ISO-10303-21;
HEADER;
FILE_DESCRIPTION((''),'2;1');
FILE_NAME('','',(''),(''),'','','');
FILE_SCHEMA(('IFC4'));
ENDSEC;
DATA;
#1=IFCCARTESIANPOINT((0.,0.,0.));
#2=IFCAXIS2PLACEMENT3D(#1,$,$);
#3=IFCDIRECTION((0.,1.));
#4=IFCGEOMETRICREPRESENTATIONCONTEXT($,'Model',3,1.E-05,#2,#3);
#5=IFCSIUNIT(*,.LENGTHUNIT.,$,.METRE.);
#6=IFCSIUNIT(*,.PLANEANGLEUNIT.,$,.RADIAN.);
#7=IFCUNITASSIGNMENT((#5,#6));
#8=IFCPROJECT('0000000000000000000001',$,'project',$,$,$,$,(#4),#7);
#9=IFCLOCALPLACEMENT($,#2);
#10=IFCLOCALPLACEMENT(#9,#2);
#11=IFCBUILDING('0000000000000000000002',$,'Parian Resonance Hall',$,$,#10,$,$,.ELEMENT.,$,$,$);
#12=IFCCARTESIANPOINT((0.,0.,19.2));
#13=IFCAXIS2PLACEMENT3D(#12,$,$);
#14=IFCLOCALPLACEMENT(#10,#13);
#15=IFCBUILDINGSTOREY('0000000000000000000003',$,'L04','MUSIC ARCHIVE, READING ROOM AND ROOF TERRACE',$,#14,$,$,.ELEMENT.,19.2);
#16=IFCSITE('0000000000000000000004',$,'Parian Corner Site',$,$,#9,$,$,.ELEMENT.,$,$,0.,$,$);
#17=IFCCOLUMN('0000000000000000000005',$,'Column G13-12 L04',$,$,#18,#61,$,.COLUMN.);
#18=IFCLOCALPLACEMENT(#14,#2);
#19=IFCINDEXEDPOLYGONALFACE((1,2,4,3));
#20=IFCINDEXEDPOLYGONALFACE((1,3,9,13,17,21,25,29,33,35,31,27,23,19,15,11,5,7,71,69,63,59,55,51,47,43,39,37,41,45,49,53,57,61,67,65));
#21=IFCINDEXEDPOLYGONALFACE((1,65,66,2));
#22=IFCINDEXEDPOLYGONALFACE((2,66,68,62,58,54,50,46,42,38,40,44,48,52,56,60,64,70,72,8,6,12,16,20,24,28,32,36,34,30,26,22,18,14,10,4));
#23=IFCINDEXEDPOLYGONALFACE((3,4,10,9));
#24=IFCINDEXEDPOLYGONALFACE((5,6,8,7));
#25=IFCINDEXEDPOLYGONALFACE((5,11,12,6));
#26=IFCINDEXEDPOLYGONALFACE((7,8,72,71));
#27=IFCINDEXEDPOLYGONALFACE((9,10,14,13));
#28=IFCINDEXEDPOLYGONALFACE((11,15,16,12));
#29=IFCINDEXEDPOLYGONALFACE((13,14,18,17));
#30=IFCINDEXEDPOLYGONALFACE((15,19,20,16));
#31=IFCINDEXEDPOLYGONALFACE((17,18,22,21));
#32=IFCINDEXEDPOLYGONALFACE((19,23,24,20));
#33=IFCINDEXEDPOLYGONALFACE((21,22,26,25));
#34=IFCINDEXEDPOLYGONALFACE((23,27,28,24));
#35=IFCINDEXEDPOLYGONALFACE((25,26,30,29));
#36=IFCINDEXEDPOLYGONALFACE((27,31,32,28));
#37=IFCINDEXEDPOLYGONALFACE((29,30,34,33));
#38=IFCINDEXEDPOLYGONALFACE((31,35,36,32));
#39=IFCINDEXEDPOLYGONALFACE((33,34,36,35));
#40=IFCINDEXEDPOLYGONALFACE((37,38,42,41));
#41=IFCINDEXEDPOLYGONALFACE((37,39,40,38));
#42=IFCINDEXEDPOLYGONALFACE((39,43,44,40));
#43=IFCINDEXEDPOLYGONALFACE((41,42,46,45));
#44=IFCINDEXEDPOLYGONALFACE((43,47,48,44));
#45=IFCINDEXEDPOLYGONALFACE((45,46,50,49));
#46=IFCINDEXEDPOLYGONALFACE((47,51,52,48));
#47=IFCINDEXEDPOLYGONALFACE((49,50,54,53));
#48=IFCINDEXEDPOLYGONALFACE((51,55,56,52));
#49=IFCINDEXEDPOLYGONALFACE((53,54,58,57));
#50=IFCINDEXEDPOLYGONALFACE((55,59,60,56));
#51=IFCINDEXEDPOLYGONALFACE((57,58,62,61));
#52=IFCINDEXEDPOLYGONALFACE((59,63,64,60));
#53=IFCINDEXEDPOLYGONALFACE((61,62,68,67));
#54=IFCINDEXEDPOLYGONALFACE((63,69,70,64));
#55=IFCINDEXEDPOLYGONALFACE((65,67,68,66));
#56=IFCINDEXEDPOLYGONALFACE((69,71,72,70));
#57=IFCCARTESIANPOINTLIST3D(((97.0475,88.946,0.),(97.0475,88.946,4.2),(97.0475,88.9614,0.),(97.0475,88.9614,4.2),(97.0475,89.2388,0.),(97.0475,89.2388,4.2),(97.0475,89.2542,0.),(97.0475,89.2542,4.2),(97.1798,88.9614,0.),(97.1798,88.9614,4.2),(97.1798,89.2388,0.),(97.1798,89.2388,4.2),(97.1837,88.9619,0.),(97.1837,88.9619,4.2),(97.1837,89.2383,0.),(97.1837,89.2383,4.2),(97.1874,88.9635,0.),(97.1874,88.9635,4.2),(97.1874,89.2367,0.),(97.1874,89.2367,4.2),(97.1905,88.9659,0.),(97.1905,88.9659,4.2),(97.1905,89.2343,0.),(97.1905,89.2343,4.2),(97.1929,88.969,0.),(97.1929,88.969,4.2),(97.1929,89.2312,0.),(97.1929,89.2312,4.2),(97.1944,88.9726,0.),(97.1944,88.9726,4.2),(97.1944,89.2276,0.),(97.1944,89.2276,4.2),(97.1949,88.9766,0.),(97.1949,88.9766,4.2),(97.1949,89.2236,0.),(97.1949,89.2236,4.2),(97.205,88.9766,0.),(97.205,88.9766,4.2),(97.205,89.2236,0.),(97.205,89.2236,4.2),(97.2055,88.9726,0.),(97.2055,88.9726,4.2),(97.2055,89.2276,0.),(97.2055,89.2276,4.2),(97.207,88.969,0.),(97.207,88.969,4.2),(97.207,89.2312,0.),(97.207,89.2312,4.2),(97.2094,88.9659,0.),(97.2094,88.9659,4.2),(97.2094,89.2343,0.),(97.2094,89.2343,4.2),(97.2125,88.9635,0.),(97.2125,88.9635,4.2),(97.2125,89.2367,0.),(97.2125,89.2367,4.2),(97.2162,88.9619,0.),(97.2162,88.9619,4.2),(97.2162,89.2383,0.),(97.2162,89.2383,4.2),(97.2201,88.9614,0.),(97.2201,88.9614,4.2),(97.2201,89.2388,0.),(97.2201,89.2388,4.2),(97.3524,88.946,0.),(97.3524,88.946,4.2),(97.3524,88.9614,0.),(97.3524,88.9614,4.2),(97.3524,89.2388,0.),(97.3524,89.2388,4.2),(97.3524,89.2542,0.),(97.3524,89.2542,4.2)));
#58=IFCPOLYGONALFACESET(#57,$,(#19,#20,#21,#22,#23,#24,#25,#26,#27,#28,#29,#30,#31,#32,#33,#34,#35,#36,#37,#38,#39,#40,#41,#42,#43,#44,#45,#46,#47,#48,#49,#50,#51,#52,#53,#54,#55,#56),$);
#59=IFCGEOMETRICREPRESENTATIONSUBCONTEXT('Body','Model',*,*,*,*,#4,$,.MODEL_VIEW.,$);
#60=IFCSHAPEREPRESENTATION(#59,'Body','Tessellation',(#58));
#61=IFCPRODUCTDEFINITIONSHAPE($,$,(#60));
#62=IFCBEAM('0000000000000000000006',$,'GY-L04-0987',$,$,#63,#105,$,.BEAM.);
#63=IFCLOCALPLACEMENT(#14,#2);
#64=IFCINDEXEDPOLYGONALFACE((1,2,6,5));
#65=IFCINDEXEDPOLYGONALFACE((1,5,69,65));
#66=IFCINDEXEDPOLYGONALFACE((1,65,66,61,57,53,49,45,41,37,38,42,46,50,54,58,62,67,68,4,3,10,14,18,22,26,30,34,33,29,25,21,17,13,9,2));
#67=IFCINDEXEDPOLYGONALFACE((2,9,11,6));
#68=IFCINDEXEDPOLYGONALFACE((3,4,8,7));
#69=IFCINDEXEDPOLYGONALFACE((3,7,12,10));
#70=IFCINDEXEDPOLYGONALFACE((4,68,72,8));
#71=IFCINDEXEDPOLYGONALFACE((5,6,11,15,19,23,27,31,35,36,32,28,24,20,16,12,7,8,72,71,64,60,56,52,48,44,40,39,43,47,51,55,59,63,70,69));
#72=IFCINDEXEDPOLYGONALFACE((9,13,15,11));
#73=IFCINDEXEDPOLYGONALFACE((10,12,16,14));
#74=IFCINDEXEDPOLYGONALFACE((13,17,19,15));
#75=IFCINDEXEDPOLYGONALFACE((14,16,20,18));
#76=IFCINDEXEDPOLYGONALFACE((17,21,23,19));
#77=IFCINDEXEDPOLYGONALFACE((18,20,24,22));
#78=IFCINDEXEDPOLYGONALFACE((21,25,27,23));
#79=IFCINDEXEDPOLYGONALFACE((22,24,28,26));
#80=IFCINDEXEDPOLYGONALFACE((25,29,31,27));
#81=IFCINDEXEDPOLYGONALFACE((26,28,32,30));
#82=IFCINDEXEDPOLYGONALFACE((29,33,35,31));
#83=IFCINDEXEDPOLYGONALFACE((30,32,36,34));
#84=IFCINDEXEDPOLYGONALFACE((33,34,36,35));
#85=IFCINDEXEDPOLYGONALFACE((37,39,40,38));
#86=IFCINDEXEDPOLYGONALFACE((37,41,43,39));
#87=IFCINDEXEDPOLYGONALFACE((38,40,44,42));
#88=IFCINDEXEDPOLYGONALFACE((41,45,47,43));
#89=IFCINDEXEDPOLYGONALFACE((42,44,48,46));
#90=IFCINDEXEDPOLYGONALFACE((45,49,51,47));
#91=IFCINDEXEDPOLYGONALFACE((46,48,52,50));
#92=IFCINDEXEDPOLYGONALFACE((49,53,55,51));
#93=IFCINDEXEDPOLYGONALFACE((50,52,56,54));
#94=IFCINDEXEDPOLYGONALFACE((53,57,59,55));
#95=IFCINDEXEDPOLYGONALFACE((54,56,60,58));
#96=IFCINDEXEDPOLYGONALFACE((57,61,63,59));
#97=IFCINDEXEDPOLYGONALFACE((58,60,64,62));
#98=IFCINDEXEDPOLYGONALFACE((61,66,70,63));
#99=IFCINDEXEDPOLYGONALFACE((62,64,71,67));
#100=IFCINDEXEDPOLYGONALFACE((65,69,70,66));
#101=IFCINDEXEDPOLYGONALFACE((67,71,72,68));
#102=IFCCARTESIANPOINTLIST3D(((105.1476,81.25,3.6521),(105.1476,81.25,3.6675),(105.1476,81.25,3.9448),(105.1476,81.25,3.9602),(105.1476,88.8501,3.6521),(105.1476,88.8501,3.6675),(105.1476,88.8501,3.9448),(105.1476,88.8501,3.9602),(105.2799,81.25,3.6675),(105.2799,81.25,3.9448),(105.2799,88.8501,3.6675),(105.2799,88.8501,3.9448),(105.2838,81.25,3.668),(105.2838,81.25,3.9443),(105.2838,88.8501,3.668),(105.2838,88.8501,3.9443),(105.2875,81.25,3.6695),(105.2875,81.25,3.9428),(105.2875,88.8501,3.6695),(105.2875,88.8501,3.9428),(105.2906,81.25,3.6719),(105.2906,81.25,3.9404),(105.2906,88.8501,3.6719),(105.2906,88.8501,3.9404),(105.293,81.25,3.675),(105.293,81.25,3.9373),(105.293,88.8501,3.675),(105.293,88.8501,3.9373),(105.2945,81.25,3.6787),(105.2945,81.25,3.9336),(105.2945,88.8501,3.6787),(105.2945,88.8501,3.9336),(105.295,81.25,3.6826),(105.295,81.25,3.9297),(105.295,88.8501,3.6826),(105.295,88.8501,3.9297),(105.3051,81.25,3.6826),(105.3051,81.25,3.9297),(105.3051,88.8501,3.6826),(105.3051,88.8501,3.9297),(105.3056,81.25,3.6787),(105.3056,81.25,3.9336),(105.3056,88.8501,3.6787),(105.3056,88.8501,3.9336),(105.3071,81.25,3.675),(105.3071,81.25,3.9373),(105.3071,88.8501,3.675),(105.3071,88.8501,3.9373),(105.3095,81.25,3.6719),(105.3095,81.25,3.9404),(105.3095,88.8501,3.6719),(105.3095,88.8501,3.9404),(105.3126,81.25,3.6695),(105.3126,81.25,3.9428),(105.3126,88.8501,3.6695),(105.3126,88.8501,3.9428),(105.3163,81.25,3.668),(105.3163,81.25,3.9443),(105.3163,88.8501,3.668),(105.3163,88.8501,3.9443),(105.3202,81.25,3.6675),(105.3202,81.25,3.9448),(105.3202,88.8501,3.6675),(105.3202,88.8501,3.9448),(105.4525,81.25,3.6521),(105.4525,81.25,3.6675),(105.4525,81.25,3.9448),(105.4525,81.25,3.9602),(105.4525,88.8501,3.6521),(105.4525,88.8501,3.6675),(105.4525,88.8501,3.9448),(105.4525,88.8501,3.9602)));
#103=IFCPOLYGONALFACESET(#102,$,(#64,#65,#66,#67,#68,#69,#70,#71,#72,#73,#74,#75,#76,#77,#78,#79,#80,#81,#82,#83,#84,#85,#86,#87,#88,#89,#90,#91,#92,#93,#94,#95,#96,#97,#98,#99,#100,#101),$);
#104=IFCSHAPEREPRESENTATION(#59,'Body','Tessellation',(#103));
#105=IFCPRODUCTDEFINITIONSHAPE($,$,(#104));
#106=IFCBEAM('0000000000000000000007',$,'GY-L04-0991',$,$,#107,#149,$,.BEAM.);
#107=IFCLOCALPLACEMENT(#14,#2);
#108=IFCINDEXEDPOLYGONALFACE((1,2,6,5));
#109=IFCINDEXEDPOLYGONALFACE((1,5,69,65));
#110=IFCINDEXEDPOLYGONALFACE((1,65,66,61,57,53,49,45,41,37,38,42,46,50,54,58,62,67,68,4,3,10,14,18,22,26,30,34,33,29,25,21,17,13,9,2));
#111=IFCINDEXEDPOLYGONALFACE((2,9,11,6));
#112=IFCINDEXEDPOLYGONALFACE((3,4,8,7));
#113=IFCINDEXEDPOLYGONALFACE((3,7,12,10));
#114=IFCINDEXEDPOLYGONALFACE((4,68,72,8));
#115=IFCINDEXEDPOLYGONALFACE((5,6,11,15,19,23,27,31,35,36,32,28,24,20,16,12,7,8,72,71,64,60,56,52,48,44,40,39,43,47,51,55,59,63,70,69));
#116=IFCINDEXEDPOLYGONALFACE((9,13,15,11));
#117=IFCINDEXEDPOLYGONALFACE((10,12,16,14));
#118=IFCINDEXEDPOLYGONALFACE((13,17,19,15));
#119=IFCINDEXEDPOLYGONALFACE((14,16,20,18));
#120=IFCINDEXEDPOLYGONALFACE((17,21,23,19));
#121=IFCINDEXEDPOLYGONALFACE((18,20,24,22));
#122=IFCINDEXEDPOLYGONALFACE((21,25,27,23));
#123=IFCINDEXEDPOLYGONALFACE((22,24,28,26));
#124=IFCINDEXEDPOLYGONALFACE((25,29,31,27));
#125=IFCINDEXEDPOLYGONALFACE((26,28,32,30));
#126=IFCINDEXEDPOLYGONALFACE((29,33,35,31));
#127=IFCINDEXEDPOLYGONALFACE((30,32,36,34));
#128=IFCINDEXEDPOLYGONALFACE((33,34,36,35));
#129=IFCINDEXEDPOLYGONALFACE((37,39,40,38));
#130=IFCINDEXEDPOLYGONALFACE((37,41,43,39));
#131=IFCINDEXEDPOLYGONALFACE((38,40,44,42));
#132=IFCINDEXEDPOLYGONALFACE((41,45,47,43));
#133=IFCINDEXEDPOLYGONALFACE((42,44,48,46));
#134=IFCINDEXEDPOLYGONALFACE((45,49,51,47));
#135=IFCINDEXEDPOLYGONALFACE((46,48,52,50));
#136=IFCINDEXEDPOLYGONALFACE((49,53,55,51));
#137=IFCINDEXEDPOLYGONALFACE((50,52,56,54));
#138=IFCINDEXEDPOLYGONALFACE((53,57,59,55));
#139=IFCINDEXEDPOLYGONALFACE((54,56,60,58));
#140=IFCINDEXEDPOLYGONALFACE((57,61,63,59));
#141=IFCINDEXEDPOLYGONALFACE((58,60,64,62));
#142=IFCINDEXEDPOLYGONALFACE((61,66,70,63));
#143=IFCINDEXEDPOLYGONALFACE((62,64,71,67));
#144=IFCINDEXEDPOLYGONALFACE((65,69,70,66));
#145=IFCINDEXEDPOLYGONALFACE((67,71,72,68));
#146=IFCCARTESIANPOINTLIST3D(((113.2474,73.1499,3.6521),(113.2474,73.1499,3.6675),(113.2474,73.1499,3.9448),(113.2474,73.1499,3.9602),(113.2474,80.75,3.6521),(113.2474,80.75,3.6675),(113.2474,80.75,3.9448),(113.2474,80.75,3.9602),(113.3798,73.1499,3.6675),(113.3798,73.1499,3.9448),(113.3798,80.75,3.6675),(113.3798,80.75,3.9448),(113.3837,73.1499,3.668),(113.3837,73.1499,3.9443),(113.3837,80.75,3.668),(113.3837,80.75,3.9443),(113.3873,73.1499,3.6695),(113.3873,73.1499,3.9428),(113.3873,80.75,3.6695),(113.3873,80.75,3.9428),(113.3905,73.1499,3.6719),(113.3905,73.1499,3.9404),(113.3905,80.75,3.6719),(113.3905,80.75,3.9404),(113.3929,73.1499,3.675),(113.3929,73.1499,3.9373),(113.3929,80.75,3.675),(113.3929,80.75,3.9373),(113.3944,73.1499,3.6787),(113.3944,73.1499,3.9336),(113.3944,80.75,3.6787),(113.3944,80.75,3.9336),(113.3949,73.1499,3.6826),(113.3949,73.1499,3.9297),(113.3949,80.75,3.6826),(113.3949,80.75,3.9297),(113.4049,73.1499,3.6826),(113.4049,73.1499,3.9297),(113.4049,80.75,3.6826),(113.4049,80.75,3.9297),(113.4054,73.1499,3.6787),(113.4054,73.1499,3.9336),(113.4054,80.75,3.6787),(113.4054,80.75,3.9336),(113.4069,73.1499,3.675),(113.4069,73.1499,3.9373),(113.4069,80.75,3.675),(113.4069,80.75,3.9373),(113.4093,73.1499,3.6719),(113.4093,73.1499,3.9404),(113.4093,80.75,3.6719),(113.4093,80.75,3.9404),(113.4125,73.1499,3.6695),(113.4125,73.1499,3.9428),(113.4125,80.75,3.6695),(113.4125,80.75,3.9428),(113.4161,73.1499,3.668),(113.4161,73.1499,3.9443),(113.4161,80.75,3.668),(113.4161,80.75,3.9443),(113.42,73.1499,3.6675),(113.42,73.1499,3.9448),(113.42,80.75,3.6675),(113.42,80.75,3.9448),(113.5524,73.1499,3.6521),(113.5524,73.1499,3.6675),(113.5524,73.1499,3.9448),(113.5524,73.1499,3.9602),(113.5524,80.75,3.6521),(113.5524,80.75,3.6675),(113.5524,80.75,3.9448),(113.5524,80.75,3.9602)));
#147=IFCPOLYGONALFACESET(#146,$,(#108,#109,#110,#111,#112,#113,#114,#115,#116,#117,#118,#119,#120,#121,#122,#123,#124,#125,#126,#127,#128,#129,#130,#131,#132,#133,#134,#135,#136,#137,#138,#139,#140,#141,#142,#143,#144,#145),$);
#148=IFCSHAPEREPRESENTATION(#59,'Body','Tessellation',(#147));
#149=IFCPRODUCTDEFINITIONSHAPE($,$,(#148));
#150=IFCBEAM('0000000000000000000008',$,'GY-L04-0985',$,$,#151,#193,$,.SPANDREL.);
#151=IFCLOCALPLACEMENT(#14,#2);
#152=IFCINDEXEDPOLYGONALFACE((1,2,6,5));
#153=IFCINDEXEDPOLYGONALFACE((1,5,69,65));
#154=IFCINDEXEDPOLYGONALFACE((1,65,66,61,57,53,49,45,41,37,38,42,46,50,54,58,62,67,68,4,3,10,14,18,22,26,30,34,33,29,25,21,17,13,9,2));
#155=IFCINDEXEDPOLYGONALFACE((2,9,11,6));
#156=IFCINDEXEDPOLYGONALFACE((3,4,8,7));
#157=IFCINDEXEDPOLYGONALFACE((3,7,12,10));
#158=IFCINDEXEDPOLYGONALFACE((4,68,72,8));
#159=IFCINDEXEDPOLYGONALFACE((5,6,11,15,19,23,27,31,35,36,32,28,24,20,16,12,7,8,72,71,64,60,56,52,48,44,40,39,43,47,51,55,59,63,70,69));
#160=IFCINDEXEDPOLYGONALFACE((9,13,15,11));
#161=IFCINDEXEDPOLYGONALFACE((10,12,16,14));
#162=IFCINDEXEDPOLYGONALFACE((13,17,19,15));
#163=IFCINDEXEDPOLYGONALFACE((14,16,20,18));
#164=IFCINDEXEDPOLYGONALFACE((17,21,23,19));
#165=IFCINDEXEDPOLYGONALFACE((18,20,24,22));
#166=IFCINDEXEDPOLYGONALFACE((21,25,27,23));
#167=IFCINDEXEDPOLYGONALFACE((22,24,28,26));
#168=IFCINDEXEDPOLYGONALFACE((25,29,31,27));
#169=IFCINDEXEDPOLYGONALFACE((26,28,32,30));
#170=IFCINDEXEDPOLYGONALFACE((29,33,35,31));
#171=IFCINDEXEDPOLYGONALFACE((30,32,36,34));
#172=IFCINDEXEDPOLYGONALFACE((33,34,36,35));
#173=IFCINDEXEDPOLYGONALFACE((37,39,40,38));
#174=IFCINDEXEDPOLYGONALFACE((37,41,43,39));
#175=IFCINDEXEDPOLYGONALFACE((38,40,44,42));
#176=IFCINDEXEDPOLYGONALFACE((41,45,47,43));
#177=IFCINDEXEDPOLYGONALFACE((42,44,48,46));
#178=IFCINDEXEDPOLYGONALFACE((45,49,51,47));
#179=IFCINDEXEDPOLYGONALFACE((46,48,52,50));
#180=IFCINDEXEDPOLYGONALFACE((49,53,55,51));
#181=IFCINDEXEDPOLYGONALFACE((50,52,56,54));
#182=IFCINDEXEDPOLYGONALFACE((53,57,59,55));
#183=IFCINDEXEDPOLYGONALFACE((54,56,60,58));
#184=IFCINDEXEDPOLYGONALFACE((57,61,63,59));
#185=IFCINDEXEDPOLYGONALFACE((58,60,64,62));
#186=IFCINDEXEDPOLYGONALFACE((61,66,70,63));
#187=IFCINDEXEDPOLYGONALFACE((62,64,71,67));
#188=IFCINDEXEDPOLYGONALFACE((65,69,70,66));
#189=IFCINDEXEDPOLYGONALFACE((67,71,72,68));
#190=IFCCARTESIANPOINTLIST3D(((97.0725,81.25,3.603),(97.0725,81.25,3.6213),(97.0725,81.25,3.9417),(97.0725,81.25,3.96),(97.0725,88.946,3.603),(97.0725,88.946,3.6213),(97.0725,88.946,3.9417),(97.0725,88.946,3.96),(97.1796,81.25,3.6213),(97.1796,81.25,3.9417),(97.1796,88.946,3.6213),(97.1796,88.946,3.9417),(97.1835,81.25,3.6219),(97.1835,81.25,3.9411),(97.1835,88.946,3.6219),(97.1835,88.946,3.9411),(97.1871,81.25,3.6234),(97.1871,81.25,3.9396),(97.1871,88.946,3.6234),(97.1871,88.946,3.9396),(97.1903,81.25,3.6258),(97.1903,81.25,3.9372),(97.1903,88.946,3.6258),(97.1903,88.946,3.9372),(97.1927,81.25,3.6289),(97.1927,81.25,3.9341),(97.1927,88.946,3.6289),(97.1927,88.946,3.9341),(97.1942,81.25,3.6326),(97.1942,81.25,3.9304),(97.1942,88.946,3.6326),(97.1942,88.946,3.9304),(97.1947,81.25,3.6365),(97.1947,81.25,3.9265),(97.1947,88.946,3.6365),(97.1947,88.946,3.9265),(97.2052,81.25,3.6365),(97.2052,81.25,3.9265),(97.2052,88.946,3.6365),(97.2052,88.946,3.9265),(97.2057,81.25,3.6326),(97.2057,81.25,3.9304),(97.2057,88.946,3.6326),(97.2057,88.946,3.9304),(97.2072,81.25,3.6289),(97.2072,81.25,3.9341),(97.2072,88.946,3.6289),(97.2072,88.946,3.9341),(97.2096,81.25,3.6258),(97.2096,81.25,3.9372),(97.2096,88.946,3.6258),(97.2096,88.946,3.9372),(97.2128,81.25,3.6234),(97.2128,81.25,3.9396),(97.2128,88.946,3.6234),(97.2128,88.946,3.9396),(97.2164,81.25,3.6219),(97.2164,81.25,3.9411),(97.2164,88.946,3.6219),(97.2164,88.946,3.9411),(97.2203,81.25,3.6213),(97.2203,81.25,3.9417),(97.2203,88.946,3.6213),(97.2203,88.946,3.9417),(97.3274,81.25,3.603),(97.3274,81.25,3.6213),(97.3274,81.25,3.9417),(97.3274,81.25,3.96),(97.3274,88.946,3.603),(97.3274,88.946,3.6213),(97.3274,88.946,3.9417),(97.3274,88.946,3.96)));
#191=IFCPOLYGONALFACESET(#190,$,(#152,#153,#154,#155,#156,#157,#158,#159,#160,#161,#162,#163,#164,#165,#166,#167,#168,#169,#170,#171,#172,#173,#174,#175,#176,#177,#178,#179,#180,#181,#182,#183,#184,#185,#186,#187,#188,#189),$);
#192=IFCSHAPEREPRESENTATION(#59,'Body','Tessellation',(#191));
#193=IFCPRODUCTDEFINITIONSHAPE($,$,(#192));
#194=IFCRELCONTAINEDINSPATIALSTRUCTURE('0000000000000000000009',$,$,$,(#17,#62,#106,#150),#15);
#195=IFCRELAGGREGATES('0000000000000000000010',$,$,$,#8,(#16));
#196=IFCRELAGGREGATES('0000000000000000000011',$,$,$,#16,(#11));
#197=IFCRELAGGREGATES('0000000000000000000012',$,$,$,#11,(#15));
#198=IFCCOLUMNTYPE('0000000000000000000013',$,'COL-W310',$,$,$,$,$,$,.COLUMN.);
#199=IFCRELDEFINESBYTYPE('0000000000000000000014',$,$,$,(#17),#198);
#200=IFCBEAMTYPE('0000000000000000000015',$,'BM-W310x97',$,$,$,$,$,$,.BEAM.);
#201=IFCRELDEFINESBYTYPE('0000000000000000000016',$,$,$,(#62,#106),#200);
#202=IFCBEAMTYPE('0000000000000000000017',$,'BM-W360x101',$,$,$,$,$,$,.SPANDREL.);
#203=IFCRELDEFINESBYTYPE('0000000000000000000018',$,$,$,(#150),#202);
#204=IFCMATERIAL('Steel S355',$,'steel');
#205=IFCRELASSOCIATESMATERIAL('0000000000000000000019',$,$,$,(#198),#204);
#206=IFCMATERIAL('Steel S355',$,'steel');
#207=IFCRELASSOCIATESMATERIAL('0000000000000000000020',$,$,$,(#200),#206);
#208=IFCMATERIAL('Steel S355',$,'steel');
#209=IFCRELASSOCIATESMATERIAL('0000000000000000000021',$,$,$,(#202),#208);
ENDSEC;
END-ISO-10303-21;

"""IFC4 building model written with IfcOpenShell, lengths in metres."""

from ifc_helpers import new_model, si_unit, direction, frame, origin, origin_2d, place, context, subcontext, project, spatial, i_section, extrude, material, material_profile, profile_set, type_object, element, save


model = new_model("IFC4")

# Units and contexts
model_context = context("Model", 3, precision=1e-05, world=origin(), true_north=direction((0.0, 1.0)))
body_context = subcontext(model_context, "Body", "Model", "MODEL_VIEW")
ifc_project = project(units=[si_unit("LENGTHUNIT", "METRE"), si_unit("PLANEANGLEUNIT", "RADIAN")], contexts=[model_context])

# Site, building, storey
site_placement = place(None, origin())
site = spatial("IfcSite", under=ifc_project, at=site_placement, Name="Parian Corner Site", CompositionType="ELEMENT", RefElevation=0.0)
building_placement = place(site_placement, origin())
building = spatial("IfcBuilding", under=site, at=building_placement, Name="Parian Resonance Hall", CompositionType="ELEMENT")
storey_placement = place(building_placement, frame((0.0, 0.0, 19.2)))
storey = spatial("IfcBuildingStorey", under=building, at=storey_placement, Name="L04", Description="MUSIC ARCHIVE, READING ROOM AND ROOF TERRACE", CompositionType="ELEMENT", Elevation=19.2)

# Column
ifc_material_1 = material(Name="Steel S355", Category="steel")
ifc_material_profile_1 = material_profile(ifc_material_1, i_section(OverallWidth=0.3049, OverallDepth=0.3081, WebThickness=0.01, FlangeThickness=0.0154, FilletRadius=0.0151, at=origin_2d()), Name="W310x97")
ifc_profile_set_1 = profile_set([ifc_material_profile_1], Name="Steel S355")
column_type_1 = type_object("IfcColumnType", Name="COL-W310", PredefinedType="COLUMN", material=ifc_profile_set_1)
column_placement = place(storey_placement, frame((97.2, 89.1001, 0.0), z_axis=(0.0, 0.0, 1.0), x_axis=(1.0, 0.0, 0.0)))
element("IfcColumn", 1, at=column_placement, inside=storey, type_object=column_type_1, Name="Column G13-12 L04", PredefinedType="COLUMN", context=body_context, shape_type="SweptSolid", body=[
    extrude(i_section(OverallWidth=0.3049, OverallDepth=0.3081, WebThickness=0.01, FlangeThickness=0.0154, FilletRadius=0.0151, at=origin_2d()), origin(), (0.0, 0.0, 1.0), 4.2),
])

# Beams
ifc_material_2 = material(Name="Steel S355", Category="steel")
ifc_material_profile_2 = material_profile(ifc_material_2, i_section(OverallWidth=0.3049, OverallDepth=0.3081, WebThickness=0.01, FlangeThickness=0.0154, FilletRadius=0.0151, at=origin_2d()), Name="W310x97")
ifc_profile_set_2 = profile_set([ifc_material_profile_2], Name="Steel S355")
beam_type_1 = type_object("IfcBeamType", Name="BM-W310x97", PredefinedType="BEAM", material=ifc_profile_set_2)
for number, where, z_axis, x_axis, name in (
    (2, (105.3, 81.25, 3.8062), (0.0, 1.0, 0.0), (-1.0, 0.0, 0.0), "GY-L04-0987"),
    (3, (113.3999, 73.1499, 3.8062), (0.0, 1.0, 0.0), (-1.0, 0.0, 0.0), "GY-L04-0991"),
):
    element("IfcBeam", number, at=place(storey_placement, frame(where, z_axis=z_axis, x_axis=x_axis)), inside=storey, type_object=beam_type_1, Name=name, PredefinedType="BEAM", context=body_context, shape_type="SweptSolid", body=[
        extrude(i_section(OverallWidth=0.3049, OverallDepth=0.3081, WebThickness=0.01, FlangeThickness=0.0154, FilletRadius=0.0151, at=origin_2d()), origin(), (0.0, 0.0, 1.0), 7.6001),
    ])
ifc_material_3 = material(Name="Steel S355", Category="steel")
ifc_material_profile_3 = material_profile(ifc_material_3, i_section(OverallWidth=0.2549, OverallDepth=0.3569, WebThickness=0.0105, FlangeThickness=0.0183, FilletRadius=0.0151, at=origin_2d()), Name="W360x101")
ifc_profile_set_3 = profile_set([ifc_material_profile_3], Name="Steel S355")
beam_type_2 = type_object("IfcBeamType", Name="BM-W360x101", PredefinedType="SPANDREL", material=ifc_profile_set_3)
beam_1_placement = place(storey_placement, frame((97.2, 81.25, 3.7815), z_axis=(0.0, 1.0, 0.0), x_axis=(-1.0, 0.0, 0.0)))
element("IfcBeam", 4, at=beam_1_placement, inside=storey, type_object=beam_type_2, Name="GY-L04-0985", PredefinedType="SPANDREL", context=body_context, shape_type="SweptSolid", body=[
    extrude(i_section(OverallWidth=0.2549, OverallDepth=0.3569, WebThickness=0.0105, FlangeThickness=0.0183, FilletRadius=0.0151, at=origin_2d()), origin(), (0.0, 0.0, 1.0), 7.696),
])

save(model, "model.ifc")
